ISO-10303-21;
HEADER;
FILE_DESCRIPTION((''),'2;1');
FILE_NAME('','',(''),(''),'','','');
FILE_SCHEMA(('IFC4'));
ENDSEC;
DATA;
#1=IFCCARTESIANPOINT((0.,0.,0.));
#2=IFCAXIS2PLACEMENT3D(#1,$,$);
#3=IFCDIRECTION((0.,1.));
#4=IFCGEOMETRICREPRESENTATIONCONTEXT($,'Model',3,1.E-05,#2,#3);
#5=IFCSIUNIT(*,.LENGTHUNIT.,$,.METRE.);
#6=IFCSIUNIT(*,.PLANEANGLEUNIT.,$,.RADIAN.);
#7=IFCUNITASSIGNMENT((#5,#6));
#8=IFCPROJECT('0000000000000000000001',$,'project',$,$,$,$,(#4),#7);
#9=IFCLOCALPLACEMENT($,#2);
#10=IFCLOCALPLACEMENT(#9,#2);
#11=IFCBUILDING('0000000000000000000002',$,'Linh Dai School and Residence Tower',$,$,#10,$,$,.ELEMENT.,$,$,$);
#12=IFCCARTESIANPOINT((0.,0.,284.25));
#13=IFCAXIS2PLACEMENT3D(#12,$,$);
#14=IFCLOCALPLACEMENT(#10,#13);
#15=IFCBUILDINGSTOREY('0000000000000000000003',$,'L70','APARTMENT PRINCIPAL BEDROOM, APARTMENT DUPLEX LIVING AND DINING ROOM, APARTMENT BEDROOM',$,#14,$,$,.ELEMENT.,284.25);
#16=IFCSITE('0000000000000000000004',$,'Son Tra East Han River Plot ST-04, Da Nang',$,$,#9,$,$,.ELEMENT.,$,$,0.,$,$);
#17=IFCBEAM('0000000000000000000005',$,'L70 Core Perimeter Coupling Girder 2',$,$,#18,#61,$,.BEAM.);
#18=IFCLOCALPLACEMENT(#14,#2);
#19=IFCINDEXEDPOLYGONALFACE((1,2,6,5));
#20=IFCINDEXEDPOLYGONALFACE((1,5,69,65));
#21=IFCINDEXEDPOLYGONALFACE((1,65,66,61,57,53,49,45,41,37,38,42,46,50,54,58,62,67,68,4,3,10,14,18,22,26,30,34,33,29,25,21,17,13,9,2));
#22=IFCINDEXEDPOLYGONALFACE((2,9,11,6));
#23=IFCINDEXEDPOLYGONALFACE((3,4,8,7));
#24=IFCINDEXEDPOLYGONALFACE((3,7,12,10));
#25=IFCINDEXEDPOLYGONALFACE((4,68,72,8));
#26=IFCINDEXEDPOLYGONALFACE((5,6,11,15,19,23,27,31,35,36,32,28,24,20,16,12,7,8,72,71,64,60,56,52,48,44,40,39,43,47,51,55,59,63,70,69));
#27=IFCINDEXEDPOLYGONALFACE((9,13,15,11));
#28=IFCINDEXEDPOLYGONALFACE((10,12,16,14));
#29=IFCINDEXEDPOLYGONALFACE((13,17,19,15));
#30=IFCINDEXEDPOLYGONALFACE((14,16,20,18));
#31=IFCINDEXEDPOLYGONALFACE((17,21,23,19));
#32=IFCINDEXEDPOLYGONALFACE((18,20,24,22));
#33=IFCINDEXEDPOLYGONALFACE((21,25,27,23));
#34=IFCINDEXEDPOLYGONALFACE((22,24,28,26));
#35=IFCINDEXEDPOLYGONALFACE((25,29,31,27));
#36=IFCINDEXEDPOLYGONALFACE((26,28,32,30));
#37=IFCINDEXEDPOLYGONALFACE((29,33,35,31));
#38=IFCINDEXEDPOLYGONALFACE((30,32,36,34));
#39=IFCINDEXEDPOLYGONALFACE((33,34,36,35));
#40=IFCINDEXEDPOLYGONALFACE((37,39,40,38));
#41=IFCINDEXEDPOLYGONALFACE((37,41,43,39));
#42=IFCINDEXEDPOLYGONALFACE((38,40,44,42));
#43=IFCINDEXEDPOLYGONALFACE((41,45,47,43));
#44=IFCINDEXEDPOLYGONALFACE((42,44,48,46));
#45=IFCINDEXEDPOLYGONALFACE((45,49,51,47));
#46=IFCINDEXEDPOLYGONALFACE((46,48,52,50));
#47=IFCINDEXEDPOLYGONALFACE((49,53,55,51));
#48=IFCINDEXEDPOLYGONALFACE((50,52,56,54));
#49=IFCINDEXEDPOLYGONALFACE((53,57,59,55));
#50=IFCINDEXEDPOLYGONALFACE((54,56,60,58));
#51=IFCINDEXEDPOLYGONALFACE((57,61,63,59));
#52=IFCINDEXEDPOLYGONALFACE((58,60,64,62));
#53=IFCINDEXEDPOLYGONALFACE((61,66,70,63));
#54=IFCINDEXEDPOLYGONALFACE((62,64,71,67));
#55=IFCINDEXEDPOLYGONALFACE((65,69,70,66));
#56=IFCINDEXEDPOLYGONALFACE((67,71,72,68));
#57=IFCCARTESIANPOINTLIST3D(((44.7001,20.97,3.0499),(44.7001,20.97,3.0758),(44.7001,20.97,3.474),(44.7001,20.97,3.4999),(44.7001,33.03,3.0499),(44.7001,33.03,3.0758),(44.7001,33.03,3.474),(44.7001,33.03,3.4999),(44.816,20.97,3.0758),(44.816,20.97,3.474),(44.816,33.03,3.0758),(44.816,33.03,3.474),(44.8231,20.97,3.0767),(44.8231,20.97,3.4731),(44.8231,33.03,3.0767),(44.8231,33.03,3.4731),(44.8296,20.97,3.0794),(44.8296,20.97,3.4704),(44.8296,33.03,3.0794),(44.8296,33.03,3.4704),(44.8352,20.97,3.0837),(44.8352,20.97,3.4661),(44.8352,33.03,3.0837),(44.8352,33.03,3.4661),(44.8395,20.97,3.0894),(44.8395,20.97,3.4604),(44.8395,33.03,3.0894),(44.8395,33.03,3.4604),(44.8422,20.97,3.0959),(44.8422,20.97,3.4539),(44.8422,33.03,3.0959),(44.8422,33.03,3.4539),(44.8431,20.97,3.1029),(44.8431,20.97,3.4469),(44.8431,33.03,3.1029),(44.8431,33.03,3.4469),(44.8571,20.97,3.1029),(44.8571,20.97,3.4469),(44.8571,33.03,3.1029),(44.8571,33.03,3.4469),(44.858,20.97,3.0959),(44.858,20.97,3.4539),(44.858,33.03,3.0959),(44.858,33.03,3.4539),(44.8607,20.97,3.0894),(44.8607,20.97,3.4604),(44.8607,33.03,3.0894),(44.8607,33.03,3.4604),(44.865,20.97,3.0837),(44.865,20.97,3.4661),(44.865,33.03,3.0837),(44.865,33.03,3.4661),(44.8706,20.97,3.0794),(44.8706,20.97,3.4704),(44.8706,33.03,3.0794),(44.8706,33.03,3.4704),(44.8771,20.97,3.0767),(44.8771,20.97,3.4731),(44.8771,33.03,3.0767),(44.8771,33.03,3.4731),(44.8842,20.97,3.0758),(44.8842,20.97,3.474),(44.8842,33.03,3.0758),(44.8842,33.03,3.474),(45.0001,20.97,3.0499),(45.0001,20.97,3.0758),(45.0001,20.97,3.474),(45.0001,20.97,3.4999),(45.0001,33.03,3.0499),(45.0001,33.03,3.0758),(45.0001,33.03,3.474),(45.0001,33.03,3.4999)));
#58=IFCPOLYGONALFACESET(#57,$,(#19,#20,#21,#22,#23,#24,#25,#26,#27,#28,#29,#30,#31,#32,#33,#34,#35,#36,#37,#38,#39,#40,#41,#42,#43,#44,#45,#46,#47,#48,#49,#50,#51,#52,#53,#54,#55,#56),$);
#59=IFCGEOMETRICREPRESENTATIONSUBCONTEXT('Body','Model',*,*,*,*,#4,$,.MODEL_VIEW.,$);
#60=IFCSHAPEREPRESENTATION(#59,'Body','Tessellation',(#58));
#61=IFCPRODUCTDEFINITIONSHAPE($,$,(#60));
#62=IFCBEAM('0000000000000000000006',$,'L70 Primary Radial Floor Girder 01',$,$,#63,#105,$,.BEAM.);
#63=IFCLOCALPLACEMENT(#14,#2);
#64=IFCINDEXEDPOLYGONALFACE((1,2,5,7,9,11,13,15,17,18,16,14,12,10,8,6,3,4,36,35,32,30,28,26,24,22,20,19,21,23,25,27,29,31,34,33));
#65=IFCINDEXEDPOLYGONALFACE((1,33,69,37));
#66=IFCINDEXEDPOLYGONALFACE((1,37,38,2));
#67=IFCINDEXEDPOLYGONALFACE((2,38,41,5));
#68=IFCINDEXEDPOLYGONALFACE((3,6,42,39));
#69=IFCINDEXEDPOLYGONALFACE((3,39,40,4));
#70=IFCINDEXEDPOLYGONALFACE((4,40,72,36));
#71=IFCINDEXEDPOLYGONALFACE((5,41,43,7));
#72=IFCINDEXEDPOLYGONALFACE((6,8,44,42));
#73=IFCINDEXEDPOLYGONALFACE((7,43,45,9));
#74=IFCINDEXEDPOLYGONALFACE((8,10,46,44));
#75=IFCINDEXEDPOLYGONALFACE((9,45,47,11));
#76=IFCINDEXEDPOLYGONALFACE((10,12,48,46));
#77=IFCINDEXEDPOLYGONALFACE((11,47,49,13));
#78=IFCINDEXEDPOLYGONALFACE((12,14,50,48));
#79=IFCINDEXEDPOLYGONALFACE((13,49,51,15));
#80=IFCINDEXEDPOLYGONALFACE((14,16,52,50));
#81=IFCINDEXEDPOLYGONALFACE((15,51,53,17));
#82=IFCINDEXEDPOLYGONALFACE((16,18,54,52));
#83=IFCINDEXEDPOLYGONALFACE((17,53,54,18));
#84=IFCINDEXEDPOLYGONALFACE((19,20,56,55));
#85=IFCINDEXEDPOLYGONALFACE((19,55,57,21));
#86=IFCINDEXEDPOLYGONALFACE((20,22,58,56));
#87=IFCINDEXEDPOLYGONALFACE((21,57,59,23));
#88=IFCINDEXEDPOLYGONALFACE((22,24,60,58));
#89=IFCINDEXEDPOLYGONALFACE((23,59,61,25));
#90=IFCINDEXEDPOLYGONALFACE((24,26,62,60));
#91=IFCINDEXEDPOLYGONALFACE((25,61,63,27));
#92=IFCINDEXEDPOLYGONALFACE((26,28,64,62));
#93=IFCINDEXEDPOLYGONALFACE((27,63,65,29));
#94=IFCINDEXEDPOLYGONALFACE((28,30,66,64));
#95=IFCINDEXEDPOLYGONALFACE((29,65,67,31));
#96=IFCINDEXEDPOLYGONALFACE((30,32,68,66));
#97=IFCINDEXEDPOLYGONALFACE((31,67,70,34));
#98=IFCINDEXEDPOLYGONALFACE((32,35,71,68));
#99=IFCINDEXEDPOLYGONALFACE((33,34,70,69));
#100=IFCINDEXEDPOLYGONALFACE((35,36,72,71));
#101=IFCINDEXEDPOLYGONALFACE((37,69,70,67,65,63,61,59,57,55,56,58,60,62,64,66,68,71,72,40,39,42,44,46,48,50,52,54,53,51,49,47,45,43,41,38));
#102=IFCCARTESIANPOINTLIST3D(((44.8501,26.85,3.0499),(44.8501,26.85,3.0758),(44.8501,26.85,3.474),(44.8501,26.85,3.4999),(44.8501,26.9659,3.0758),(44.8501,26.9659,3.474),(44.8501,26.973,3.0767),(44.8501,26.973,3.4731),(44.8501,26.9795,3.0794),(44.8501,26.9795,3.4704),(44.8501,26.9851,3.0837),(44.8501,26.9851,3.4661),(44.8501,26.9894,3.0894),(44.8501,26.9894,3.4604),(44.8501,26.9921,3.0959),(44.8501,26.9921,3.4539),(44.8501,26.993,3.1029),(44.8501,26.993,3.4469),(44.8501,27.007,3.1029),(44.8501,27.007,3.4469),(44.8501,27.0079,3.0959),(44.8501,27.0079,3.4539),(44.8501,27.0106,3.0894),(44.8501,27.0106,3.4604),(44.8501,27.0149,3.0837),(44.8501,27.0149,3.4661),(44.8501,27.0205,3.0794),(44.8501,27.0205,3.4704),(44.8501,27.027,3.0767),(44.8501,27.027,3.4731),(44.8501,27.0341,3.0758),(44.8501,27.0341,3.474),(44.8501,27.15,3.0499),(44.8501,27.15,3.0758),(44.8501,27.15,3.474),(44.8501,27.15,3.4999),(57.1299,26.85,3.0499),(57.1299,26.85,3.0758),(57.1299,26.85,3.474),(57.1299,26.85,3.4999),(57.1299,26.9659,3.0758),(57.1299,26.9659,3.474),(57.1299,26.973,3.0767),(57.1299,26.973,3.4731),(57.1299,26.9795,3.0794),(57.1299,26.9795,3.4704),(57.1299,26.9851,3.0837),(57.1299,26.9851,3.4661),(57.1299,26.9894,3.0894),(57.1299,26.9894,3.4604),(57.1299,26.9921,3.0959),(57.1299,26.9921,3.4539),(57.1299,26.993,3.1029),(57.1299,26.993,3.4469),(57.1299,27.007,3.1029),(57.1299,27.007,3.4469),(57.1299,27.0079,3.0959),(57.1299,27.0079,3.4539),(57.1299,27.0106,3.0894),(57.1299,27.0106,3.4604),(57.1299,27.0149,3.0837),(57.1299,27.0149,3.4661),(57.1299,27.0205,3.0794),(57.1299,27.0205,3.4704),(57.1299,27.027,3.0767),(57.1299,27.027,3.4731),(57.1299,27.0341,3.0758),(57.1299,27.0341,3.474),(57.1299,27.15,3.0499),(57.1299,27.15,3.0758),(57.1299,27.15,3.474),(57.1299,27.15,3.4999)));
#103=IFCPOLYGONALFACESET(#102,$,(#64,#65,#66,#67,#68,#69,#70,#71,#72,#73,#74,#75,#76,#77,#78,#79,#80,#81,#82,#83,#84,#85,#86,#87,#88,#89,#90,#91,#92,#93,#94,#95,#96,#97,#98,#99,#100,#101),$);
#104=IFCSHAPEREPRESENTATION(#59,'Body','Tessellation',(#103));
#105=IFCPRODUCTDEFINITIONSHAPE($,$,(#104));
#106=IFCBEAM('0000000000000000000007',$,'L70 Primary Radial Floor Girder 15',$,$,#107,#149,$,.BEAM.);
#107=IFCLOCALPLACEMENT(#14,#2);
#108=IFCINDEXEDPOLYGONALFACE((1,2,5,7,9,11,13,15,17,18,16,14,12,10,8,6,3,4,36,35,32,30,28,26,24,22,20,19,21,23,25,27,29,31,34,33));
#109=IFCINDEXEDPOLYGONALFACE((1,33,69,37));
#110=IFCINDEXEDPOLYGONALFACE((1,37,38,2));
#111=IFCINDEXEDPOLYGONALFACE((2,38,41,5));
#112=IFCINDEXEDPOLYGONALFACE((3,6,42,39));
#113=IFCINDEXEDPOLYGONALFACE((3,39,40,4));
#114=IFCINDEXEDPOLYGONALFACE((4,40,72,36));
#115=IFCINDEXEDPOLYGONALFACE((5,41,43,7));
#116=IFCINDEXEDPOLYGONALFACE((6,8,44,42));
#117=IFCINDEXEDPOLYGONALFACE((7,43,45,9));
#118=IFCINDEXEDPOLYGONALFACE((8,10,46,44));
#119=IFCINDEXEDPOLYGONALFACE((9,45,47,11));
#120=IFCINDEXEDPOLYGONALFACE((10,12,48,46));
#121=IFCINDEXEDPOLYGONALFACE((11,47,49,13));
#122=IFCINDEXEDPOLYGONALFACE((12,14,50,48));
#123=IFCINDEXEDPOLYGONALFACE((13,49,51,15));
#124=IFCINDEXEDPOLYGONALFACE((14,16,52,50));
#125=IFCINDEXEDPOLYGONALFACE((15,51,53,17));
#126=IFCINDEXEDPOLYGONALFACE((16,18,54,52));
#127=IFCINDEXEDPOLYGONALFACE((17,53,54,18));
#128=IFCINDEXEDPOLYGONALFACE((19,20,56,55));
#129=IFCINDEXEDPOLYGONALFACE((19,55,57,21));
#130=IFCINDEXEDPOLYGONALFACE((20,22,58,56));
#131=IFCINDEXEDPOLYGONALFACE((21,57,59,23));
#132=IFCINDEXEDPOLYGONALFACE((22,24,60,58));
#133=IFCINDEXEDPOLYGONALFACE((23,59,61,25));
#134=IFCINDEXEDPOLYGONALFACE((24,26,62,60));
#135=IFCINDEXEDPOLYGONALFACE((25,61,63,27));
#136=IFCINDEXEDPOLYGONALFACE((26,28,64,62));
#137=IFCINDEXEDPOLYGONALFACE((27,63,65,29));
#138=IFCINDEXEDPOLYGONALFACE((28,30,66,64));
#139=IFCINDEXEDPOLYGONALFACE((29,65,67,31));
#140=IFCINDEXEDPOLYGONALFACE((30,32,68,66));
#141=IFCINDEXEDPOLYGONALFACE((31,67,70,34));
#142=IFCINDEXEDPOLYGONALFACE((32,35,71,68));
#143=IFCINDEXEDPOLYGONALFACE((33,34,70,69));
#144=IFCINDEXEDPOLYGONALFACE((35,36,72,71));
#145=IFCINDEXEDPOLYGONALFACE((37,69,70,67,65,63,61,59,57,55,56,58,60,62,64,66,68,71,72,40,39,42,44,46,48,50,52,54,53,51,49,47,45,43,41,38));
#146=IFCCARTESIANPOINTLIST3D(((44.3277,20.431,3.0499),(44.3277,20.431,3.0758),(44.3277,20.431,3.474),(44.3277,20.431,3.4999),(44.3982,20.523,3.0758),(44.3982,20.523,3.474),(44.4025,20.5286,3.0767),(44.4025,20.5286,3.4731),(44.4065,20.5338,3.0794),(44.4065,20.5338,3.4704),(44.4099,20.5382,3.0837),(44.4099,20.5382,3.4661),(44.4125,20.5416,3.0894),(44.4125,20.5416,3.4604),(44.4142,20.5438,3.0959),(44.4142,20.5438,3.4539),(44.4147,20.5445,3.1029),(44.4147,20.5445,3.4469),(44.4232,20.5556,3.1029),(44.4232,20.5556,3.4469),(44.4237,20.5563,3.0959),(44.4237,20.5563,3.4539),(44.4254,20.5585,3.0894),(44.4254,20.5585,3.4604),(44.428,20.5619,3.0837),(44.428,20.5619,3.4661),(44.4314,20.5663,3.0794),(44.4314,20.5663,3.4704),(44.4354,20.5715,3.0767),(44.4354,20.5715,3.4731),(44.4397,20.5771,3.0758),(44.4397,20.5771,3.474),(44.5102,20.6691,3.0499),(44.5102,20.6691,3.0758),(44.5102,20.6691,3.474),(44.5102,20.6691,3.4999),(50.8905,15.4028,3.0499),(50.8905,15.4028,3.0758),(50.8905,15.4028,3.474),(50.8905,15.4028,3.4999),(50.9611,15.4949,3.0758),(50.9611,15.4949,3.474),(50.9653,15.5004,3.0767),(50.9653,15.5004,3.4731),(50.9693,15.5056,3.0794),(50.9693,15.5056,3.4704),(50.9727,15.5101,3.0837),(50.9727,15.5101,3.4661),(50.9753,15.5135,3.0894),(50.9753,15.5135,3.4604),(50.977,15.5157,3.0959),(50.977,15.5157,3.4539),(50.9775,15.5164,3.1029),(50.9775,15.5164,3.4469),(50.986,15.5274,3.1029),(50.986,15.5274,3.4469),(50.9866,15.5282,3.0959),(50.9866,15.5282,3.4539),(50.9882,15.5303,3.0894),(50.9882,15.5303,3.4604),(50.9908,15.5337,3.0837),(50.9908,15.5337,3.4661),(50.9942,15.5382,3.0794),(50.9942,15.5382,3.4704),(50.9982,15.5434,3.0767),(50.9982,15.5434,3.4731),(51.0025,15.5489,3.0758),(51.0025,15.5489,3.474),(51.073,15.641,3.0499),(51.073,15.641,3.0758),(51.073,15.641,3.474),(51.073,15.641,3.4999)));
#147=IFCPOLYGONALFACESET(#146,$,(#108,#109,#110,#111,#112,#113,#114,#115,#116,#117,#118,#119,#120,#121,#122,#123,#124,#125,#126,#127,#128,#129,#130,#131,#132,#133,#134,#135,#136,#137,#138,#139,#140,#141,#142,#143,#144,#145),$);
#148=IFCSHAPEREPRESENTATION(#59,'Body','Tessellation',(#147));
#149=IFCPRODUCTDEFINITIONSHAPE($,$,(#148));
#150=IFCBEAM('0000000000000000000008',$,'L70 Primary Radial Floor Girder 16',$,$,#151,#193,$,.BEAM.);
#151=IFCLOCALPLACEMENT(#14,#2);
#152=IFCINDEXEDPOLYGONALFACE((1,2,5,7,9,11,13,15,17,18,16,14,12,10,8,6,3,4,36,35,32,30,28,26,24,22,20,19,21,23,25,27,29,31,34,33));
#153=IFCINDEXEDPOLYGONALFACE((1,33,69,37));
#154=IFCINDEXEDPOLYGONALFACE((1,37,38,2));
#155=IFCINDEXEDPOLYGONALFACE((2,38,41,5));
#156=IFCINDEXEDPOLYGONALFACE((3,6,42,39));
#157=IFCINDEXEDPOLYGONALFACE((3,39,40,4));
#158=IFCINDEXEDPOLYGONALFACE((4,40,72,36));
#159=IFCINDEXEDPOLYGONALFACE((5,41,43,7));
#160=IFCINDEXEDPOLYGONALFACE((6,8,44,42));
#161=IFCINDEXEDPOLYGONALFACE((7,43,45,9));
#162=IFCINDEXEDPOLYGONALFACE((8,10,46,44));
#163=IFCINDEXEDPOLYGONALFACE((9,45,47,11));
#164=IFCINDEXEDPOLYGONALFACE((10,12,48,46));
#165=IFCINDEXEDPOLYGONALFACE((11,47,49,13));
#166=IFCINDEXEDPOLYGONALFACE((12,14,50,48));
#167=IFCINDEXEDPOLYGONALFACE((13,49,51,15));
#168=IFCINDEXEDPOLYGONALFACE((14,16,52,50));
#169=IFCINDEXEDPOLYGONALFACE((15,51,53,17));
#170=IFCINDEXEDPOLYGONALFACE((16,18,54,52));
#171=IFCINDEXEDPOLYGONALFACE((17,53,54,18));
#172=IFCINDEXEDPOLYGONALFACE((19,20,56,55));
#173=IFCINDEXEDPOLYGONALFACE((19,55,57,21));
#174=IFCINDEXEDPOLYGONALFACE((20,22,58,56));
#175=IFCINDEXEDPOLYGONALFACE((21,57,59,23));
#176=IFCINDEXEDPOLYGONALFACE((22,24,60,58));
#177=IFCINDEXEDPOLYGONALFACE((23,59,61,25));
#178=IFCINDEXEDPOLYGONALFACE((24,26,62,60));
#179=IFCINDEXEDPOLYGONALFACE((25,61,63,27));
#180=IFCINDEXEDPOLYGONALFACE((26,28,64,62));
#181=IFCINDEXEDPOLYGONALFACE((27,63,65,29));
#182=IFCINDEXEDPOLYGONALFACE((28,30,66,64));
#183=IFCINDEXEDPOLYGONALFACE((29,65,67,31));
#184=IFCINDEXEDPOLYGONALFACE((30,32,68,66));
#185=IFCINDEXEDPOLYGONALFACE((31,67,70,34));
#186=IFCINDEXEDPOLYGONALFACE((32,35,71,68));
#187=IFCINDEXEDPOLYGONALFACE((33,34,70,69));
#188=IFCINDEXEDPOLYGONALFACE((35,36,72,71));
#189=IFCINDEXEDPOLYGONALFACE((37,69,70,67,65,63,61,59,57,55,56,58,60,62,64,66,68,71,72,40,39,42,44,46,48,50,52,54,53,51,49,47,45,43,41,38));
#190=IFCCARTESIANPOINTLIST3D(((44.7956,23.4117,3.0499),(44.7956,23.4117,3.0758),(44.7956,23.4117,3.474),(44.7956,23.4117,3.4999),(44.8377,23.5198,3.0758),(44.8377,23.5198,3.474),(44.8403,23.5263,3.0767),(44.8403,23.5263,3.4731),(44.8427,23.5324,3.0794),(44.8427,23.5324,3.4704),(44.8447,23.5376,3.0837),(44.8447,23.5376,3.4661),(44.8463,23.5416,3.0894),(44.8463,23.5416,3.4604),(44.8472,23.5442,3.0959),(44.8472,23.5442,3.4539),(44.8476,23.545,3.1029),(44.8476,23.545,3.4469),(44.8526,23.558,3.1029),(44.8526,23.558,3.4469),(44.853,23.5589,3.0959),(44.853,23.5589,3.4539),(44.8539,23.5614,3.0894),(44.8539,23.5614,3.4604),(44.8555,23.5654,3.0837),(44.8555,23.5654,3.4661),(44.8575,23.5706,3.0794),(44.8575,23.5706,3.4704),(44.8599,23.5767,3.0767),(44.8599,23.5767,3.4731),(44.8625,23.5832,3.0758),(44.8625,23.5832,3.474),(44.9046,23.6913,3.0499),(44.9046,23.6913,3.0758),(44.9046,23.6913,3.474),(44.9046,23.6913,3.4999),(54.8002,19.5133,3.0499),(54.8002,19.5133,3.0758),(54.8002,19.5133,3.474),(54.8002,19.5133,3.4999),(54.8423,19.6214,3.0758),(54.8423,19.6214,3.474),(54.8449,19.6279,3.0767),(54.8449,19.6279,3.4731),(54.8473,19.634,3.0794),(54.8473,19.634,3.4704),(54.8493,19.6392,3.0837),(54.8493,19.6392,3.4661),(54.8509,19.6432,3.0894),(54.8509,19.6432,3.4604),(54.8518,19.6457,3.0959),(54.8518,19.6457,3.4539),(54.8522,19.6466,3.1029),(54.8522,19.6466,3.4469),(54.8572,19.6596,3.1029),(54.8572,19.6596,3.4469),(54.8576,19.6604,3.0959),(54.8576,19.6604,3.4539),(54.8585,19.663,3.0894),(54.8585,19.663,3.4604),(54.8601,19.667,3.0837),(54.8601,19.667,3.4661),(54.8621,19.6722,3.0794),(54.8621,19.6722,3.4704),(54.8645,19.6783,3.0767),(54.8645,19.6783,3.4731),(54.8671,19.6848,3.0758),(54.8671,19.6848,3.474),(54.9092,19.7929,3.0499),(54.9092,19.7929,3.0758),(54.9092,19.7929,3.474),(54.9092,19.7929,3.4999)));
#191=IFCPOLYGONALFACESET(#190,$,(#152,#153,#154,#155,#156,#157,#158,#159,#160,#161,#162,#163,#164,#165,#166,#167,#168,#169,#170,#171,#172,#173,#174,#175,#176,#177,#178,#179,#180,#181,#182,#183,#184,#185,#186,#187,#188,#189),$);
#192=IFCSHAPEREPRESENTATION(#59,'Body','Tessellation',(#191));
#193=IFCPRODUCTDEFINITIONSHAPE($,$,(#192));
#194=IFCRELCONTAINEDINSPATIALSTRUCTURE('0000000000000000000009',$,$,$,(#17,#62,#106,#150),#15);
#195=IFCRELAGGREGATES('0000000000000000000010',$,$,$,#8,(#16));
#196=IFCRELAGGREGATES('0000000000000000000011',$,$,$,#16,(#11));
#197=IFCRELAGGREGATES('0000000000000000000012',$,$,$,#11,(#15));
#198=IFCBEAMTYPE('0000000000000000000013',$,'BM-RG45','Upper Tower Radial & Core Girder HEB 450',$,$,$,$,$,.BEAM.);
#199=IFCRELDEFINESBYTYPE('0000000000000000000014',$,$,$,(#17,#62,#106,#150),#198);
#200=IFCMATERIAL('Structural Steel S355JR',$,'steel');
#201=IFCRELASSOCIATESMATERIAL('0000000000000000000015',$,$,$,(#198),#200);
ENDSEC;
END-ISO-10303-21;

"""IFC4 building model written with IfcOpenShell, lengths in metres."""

from ifc_helpers import new_model, si_unit, direction, frame, origin, origin_2d, place, context, subcontext, project, spatial, i_section, extrude, material, material_profile, profile_set, type_object, element, save


model = new_model("IFC4")

# Units and contexts
model_context = context("Model", 3, precision=1e-05, world=origin(), true_north=direction((0.0, 1.0)))
body_context = subcontext(model_context, "Body", "Model", "MODEL_VIEW")
ifc_project = project(units=[si_unit("LENGTHUNIT", "METRE"), si_unit("PLANEANGLEUNIT", "RADIAN")], contexts=[model_context])

# Site, building, storey
site_placement = place(None, origin())
site = spatial("IfcSite", under=ifc_project, at=site_placement, Name="Son Tra East Han River Plot ST-04, Da Nang", CompositionType="ELEMENT", RefElevation=0.0)
building_placement = place(site_placement, origin())
building = spatial("IfcBuilding", under=site, at=building_placement, Name="Linh Dai School and Residence Tower", CompositionType="ELEMENT")
storey_placement = place(building_placement, frame((0.0, 0.0, 284.25)))
storey = spatial("IfcBuildingStorey", under=building, at=storey_placement, Name="L70", Description="APARTMENT PRINCIPAL BEDROOM, APARTMENT DUPLEX LIVING AND DINING ROOM, APARTMENT BEDROOM", CompositionType="ELEMENT", Elevation=284.25)

# Shared definitions
ifc_material_1 = material(Name="Structural Steel S355JR", Category="steel")

# Beams
ifc_material_profile_1 = material_profile(ifc_material_1, i_section(OverallWidth=0.3, OverallDepth=0.45, WebThickness=0.0139, FlangeThickness=0.0259, FilletRadius=0.0271, at=origin_2d()), Name="HEB 450")
ifc_profile_set_1 = profile_set([ifc_material_profile_1], Name="Structural Steel S355JR")
beam_type_1 = type_object("IfcBeamType", Name="BM-RG45", Description="Upper Tower Radial & Core Girder HEB 450", PredefinedType="BEAM", material=ifc_profile_set_1)
beam_1_placement = place(storey_placement, frame((44.8501, 20.97, 3.2749), z_axis=(0.0, 1.0, 0.0), x_axis=(-1.0, 0.0, 0.0)))
element("IfcBeam", 1, at=beam_1_placement, inside=storey, type_object=beam_type_1, Name="L70 Core Perimeter Coupling Girder 2", PredefinedType="BEAM", context=body_context, shape_type="SweptSolid", body=[
    extrude(i_section(OverallWidth=0.3, OverallDepth=0.45, WebThickness=0.0139, FlangeThickness=0.0259, FilletRadius=0.0271, at=origin_2d()), origin(), (0.0, 0.0, 1.0), 12.0601),
])
beam_2_placement = place(storey_placement, frame((44.8501, 27.0, 3.2749), z_axis=(1.0, 0.0, 0.0), x_axis=(0.0, 1.0, 0.0)))
element("IfcBeam", 2, at=beam_2_placement, inside=storey, type_object=beam_type_1, Name="L70 Primary Radial Floor Girder 01", PredefinedType="BEAM", context=body_context, shape_type="SweptSolid", body=[
    extrude(i_section(OverallWidth=0.3, OverallDepth=0.45, WebThickness=0.0139, FlangeThickness=0.0259, FilletRadius=0.0271, at=origin_2d()), origin(), (0.0, 0.0, 1.0), 12.2798),
])
beam_3_placement = place(storey_placement, frame((44.4189, 20.55, 3.2749), z_axis=(0.793803, -0.608175, 0.0), x_axis=(0.608175, 0.793803, 0.0)))
element("IfcBeam", 3, at=beam_3_placement, inside=storey, type_object=beam_type_1, Name="L70 Primary Radial Floor Girder 15", PredefinedType="BEAM", context=body_context, shape_type="SweptSolid", body=[
    extrude(i_section(OverallWidth=0.3, OverallDepth=0.45, WebThickness=0.0139, FlangeThickness=0.0259, FilletRadius=0.0271, at=origin_2d()), origin(), (0.0, 0.0, 1.0), 8.2676),
])
beam_4_placement = place(storey_placement, frame((44.8501, 23.5515, 3.2749), z_axis=(0.931761, -0.363073, 0.0), x_axis=(0.363073, 0.931761, 0.0)))
element("IfcBeam", 4, at=beam_4_placement, inside=storey, type_object=beam_type_1, Name="L70 Primary Radial Floor Girder 16", PredefinedType="BEAM", context=body_context, shape_type="SweptSolid", body=[
    extrude(i_section(OverallWidth=0.3, OverallDepth=0.45, WebThickness=0.0139, FlangeThickness=0.0259, FilletRadius=0.0271, at=origin_2d()), origin(), (0.0, 0.0, 1.0), 10.7373),
])

save(model, "model.ifc")
